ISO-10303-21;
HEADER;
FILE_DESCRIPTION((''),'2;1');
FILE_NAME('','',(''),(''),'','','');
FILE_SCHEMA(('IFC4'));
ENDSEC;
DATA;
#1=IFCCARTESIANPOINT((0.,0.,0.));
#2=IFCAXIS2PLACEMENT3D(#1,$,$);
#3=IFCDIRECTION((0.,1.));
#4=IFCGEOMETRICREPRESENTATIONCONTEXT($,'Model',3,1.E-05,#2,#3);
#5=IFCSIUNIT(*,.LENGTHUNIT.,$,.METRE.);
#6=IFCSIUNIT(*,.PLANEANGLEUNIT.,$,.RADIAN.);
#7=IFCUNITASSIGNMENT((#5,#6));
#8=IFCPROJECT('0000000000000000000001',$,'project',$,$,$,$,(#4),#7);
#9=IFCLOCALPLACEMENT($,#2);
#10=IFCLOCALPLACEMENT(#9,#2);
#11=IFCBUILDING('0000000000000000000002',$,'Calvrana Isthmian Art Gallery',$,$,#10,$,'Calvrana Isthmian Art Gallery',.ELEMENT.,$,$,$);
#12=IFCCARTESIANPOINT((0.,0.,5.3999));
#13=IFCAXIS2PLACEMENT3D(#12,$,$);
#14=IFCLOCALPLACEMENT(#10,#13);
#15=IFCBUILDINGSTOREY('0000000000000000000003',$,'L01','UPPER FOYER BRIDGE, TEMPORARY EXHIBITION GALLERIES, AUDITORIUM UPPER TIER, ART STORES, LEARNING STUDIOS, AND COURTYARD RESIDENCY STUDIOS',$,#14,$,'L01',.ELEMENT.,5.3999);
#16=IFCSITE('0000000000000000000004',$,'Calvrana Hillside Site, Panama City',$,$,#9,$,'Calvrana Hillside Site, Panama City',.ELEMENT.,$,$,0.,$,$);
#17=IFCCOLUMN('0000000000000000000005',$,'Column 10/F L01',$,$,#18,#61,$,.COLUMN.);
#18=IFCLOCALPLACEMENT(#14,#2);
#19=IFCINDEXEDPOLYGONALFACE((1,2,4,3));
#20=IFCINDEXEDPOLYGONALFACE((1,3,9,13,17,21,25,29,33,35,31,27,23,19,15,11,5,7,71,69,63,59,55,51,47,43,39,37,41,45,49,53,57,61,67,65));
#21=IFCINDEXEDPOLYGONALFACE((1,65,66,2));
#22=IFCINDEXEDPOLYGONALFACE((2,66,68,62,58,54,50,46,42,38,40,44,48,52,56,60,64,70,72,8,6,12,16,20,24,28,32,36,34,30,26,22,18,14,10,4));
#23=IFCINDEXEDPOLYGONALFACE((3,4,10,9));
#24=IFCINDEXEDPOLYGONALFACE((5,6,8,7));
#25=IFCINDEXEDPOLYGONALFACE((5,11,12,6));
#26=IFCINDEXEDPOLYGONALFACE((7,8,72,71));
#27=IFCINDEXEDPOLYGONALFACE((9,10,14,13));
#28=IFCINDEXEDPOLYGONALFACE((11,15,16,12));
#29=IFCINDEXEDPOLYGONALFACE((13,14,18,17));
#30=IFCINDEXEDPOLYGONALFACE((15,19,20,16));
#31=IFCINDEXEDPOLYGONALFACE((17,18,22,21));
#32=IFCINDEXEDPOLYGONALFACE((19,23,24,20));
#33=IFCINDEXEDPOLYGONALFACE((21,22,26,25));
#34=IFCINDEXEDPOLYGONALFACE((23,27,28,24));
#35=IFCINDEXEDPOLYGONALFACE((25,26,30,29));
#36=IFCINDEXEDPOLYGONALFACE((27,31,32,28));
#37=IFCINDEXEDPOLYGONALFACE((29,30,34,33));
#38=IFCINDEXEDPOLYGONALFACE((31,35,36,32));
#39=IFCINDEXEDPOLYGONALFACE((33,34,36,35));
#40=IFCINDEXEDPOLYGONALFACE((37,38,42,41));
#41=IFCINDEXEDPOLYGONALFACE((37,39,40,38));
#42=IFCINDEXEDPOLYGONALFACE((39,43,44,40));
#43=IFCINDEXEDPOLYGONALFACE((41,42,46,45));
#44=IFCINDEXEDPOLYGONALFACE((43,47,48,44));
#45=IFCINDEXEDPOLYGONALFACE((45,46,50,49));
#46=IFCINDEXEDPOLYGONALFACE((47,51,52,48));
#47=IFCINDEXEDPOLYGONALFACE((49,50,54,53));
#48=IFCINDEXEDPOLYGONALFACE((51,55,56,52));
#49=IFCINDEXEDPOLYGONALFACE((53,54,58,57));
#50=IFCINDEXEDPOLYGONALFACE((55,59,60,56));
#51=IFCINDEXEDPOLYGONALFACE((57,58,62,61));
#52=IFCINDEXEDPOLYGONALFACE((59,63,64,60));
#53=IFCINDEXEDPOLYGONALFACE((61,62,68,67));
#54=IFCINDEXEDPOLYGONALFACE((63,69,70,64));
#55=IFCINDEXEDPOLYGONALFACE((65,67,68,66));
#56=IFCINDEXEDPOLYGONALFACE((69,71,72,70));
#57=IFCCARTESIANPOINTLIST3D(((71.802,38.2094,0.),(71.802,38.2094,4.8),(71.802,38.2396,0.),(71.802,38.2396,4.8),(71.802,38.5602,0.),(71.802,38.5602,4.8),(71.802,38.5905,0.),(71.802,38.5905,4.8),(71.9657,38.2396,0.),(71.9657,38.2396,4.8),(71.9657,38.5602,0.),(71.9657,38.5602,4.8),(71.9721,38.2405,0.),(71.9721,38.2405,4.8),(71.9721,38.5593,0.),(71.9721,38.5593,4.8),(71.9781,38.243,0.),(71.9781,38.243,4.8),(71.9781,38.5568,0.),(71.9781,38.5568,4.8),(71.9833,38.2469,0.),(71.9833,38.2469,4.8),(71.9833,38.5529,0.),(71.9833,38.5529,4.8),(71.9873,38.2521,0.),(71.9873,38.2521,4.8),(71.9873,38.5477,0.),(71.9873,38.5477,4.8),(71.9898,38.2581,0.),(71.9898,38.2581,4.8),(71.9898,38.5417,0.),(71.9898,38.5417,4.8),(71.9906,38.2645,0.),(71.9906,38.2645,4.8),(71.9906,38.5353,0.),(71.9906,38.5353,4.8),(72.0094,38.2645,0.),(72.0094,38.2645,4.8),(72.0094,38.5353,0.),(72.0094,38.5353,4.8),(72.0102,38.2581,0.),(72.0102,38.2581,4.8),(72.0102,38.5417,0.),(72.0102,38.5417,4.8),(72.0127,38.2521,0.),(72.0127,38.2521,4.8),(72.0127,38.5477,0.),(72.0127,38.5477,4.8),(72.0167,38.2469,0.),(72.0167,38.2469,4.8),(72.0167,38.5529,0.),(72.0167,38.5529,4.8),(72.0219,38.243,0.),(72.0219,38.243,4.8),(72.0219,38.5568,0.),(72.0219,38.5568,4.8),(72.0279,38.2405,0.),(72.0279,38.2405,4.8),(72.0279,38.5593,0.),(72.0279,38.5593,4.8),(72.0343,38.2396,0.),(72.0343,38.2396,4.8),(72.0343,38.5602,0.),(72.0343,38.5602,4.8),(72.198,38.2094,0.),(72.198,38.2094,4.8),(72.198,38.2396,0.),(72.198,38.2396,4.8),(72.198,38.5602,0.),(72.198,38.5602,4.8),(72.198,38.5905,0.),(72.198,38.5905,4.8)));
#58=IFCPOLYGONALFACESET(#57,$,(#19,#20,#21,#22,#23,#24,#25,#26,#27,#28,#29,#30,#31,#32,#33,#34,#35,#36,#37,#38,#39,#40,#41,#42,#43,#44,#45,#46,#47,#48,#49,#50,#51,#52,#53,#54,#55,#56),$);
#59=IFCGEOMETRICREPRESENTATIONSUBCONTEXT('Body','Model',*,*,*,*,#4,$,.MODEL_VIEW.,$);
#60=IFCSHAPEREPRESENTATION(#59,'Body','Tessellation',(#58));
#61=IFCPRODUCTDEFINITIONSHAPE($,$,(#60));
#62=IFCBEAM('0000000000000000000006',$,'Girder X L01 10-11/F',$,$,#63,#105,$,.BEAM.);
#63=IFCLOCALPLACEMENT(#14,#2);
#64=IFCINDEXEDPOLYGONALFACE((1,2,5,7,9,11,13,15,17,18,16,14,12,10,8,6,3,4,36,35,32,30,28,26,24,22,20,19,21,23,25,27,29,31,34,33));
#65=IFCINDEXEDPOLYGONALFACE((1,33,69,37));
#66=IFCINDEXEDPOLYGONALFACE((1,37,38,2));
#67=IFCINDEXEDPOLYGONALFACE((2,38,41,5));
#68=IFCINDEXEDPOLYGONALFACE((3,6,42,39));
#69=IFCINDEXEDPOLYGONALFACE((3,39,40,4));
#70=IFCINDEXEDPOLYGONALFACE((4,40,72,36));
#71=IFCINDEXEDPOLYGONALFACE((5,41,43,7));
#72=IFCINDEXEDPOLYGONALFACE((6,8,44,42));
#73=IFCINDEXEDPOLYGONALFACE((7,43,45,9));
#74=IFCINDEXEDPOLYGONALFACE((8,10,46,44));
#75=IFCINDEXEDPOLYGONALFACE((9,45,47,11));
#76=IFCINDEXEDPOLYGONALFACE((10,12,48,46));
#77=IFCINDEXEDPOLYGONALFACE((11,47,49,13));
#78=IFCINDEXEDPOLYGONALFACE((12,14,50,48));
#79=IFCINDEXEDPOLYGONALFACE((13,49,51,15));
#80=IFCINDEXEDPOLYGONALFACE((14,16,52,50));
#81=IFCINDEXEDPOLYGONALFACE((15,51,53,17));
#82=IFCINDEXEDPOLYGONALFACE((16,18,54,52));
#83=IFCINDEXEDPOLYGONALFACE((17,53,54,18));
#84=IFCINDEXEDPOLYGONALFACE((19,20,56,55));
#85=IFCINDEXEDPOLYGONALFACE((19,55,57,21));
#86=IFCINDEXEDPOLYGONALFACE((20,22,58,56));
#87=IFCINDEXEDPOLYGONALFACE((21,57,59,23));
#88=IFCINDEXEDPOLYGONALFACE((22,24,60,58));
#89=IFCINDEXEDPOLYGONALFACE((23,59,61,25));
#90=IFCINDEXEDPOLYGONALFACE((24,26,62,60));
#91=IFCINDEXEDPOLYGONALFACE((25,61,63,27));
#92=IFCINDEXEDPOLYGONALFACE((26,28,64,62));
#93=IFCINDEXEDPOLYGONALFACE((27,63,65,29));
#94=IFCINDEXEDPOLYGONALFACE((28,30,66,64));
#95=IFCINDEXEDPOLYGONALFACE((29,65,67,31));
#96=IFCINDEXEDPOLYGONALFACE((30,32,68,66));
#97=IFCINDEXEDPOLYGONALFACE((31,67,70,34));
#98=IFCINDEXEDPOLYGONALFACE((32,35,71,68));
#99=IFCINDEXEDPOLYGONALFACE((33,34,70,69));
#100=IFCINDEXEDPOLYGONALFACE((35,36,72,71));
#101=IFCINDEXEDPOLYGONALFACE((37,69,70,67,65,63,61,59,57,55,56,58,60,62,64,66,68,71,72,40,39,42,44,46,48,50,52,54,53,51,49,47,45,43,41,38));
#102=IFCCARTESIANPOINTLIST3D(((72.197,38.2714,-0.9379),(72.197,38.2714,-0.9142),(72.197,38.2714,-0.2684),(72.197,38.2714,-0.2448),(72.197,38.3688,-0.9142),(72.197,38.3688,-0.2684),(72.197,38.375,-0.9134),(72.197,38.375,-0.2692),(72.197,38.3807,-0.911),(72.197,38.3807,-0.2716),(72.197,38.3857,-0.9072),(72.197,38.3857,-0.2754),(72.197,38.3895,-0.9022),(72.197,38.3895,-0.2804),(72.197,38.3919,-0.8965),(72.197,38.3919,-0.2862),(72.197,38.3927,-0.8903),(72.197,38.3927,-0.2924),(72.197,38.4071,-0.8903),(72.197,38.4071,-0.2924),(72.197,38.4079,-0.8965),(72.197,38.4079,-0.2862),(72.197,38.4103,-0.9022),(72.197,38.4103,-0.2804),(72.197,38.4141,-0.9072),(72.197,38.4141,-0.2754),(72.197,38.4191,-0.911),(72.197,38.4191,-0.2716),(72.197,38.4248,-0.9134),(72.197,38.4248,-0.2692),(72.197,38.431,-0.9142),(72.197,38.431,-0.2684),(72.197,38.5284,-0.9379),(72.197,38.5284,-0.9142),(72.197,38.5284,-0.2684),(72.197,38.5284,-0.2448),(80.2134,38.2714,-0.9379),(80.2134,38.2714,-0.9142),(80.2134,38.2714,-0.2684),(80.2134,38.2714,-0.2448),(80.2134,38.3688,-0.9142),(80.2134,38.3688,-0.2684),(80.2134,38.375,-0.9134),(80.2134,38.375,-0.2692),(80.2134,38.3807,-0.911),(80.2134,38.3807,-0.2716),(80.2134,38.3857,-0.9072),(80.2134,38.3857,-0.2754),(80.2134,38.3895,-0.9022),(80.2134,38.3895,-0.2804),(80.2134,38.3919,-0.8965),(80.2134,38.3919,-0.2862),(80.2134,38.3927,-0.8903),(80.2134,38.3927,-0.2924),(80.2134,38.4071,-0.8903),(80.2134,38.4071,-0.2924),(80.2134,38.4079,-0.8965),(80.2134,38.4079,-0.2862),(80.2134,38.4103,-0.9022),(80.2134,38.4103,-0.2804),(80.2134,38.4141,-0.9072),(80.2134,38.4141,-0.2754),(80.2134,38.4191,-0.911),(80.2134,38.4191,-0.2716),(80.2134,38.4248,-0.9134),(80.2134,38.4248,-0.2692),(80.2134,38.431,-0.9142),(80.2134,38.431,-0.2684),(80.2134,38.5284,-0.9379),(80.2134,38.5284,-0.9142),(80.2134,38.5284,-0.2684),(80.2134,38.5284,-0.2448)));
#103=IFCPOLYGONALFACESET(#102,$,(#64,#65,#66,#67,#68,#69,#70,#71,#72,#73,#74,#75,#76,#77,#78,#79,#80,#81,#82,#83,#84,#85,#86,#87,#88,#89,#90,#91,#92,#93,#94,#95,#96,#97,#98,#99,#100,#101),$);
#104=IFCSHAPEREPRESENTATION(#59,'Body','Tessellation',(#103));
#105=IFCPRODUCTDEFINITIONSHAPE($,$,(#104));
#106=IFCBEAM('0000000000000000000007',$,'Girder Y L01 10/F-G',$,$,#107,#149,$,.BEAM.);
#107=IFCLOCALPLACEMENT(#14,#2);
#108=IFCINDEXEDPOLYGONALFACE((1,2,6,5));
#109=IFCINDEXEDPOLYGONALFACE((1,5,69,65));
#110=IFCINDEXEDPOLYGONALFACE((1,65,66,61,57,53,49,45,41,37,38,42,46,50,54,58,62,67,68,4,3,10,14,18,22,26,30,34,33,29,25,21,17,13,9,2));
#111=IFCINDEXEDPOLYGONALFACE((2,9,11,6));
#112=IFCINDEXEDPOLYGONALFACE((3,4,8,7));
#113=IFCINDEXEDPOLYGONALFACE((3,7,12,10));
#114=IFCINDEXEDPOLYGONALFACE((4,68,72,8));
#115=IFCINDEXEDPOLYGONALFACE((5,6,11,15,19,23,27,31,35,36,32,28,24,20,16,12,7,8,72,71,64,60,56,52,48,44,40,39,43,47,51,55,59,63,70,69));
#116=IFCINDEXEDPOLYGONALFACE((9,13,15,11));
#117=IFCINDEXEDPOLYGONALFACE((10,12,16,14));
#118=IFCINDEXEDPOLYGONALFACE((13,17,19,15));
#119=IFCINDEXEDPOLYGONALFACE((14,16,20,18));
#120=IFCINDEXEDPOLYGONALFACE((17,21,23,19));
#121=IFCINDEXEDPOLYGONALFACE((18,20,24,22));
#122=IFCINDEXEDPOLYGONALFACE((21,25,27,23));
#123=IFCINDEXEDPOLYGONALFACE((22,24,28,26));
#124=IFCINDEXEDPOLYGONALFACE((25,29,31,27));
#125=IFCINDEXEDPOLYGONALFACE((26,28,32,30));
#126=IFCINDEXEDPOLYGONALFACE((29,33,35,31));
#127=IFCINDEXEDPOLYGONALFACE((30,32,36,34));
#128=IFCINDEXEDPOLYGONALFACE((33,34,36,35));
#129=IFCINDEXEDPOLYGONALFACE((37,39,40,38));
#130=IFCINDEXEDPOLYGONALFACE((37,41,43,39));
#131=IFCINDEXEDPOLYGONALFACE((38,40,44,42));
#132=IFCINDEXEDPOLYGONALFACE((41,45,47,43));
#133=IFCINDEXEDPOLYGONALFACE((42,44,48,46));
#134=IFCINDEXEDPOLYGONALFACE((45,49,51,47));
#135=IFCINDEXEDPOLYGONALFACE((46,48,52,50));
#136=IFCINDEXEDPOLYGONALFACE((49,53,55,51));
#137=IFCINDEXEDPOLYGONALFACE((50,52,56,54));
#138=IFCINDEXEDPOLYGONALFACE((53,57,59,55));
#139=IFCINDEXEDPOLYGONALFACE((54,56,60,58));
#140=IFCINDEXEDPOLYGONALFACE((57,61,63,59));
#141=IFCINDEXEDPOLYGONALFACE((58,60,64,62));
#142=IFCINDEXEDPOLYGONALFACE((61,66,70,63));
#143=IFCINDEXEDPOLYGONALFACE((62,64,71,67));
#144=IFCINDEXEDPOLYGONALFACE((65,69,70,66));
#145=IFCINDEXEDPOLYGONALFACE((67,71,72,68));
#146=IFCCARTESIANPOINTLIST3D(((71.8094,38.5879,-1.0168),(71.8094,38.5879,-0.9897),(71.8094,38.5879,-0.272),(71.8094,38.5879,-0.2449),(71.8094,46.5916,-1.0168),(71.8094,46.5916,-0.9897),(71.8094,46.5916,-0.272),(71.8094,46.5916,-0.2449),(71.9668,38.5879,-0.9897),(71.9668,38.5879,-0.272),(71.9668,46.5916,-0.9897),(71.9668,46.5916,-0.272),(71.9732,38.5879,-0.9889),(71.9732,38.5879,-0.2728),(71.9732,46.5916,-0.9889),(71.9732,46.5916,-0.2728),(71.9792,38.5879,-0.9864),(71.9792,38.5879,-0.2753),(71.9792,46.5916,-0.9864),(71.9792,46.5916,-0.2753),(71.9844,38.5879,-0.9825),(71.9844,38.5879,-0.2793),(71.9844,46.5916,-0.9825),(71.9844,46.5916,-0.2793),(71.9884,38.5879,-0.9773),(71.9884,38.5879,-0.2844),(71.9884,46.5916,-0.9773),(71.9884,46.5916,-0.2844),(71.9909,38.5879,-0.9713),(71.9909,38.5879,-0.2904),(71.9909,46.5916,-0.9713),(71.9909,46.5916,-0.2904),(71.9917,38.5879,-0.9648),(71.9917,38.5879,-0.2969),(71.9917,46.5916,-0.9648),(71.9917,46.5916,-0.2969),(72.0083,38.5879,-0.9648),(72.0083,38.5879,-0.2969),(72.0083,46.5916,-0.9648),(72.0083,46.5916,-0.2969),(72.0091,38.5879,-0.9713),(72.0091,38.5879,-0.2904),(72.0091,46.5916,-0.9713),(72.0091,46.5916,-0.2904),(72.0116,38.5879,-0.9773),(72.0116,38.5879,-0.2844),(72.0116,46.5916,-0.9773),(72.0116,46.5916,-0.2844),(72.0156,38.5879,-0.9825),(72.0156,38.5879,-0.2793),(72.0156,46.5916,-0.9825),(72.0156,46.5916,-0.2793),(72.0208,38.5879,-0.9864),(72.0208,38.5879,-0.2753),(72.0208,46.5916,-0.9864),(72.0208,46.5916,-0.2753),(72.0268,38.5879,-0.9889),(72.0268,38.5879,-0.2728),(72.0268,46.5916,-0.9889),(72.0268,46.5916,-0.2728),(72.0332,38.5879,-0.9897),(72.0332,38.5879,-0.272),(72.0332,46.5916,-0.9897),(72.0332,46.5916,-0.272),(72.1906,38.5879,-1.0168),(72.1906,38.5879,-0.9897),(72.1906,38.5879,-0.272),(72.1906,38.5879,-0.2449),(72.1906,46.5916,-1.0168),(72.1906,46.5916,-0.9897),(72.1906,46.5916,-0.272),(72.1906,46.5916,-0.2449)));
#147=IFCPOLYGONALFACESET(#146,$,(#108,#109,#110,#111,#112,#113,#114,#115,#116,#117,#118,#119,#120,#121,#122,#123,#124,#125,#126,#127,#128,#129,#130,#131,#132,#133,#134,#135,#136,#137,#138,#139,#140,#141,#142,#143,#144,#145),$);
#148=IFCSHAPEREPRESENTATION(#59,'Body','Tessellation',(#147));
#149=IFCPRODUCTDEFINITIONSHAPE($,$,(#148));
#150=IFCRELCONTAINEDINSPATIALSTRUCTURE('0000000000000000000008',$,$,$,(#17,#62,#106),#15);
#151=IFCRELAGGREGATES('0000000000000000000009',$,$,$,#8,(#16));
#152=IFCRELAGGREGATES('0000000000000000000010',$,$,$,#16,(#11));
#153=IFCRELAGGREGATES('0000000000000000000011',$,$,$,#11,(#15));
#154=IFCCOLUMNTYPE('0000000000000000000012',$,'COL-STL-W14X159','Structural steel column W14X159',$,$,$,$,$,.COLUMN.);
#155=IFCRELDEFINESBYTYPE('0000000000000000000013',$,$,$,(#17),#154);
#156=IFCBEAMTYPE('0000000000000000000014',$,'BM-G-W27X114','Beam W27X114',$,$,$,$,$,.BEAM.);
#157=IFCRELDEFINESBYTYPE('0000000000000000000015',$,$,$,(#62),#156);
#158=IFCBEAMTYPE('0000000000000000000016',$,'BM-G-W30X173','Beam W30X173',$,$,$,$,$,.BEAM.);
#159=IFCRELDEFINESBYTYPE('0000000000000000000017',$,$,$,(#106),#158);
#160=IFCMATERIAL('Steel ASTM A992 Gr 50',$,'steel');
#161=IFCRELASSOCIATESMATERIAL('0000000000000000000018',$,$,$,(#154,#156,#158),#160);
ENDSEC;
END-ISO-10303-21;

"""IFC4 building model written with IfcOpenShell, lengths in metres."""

from ifc_helpers import new_model, si_unit, direction, frame, origin, origin_2d, place, context, subcontext, project, spatial, i_section, extrude, material, material_profile, profile_set, type_object, element, save


model = new_model("IFC4")

# Units and contexts
model_context = context("Model", 3, precision=1e-05, world=origin(), true_north=direction((0.0, 1.0)))
body_context = subcontext(model_context, "Body", "Model", "MODEL_VIEW")
ifc_project = project(units=[si_unit("LENGTHUNIT", "METRE"), si_unit("PLANEANGLEUNIT", "RADIAN")], contexts=[model_context])

# Site, building, storey
site_placement = place(None, origin())
site = spatial("IfcSite", under=ifc_project, at=site_placement, Name="Calvrana Hillside Site, Panama City", LongName="Calvrana Hillside Site, Panama City", CompositionType="ELEMENT", RefElevation=0.0)
building_placement = place(site_placement, origin())
building = spatial("IfcBuilding", under=site, at=building_placement, Name="Calvrana Isthmian Art Gallery", LongName="Calvrana Isthmian Art Gallery", CompositionType="ELEMENT")
storey_placement = place(building_placement, frame((0.0, 0.0, 5.3999)))
storey = spatial("IfcBuildingStorey", under=building, at=storey_placement, Name="L01", Description="UPPER FOYER BRIDGE, TEMPORARY EXHIBITION GALLERIES, AUDITORIUM UPPER TIER, ART STORES, LEARNING STUDIOS, AND COURTYARD RESIDENCY STUDIOS", LongName="L01", CompositionType="ELEMENT", Elevation=5.3999)

# Column
ifc_material_1 = material(Name="Steel ASTM A992 Gr 50", Category="steel")
ifc_material_profile_1 = material_profile(ifc_material_1, i_section(OverallWidth=0.396, OverallDepth=0.3811, WebThickness=0.0188, FlangeThickness=0.0303, FilletRadius=0.0249, at=origin_2d()), Name="W14X159")
ifc_profile_set_1 = profile_set([ifc_material_profile_1], Name="Steel ASTM A992 Gr 50")
column_type = type_object("IfcColumnType", Name="COL-STL-W14X159", Description="Structural steel column W14X159", PredefinedType="COLUMN", material=ifc_profile_set_1)
column_placement = place(storey_placement, frame((72.0, 38.3999, 0.0), z_axis=(0.0, 0.0, 1.0), x_axis=(1.0, 0.0, 0.0)))
element("IfcColumn", 1, at=column_placement, inside=storey, type_object=column_type, Name="Column 10/F L01", PredefinedType="COLUMN", context=body_context, shape_type="SweptSolid", body=[
    extrude(i_section(OverallWidth=0.396, OverallDepth=0.3811, WebThickness=0.0188, FlangeThickness=0.0303, FilletRadius=0.0249, at=origin_2d()), origin(), (0.0, 0.0, 1.0), 4.8),
])

# Beams
ifc_material_profile_2 = material_profile(ifc_material_1, i_section(OverallWidth=0.2571, OverallDepth=0.6931, WebThickness=0.0144, FlangeThickness=0.0237, FilletRadius=0.0239, at=origin_2d()), Name="W27X114")
ifc_profile_set_2 = profile_set([ifc_material_profile_2], Name="Steel ASTM A992 Gr 50")
beam_type_1 = type_object("IfcBeamType", Name="BM-G-W27X114", Description="Beam W27X114", PredefinedType="BEAM", material=ifc_profile_set_2)
beam_1_placement = place(storey_placement, frame((72.197, 38.3999, -0.5913), z_axis=(1.0, 0.0, 0.0), x_axis=(0.0, 1.0, 0.0)))
element("IfcBeam", 2, at=beam_1_placement, inside=storey, type_object=beam_type_1, Name="Girder X L01 10-11/F", PredefinedType="BEAM", context=body_context, shape_type="SweptSolid", body=[
    extrude(i_section(OverallWidth=0.2571, OverallDepth=0.6931, WebThickness=0.0144, FlangeThickness=0.0237, FilletRadius=0.0239, at=origin_2d()), origin(), (0.0, 0.0, 1.0), 8.0164),
])
ifc_material_profile_3 = material_profile(ifc_material_1, i_section(OverallWidth=0.3811, OverallDepth=0.772, WebThickness=0.0166, FlangeThickness=0.0271, FilletRadius=0.0249, at=origin_2d()), Name="W30X173")
ifc_profile_set_3 = profile_set([ifc_material_profile_3], Name="Steel ASTM A992 Gr 50")
beam_type_2 = type_object("IfcBeamType", Name="BM-G-W30X173", Description="Beam W30X173", PredefinedType="BEAM", material=ifc_profile_set_3)
beam_2_placement = place(storey_placement, frame((72.0, 38.5879, -0.6309), z_axis=(0.0, 1.0, 0.0), x_axis=(-1.0, 0.0, 0.0)))
element("IfcBeam", 3, at=beam_2_placement, inside=storey, type_object=beam_type_2, Name="Girder Y L01 10/F-G", PredefinedType="BEAM", context=body_context, shape_type="SweptSolid", body=[
    extrude(i_section(OverallWidth=0.3811, OverallDepth=0.772, WebThickness=0.0166, FlangeThickness=0.0271, FilletRadius=0.0249, at=origin_2d()), origin(), (0.0, 0.0, 1.0), 8.0037),
])

save(model, "model.ifc")
